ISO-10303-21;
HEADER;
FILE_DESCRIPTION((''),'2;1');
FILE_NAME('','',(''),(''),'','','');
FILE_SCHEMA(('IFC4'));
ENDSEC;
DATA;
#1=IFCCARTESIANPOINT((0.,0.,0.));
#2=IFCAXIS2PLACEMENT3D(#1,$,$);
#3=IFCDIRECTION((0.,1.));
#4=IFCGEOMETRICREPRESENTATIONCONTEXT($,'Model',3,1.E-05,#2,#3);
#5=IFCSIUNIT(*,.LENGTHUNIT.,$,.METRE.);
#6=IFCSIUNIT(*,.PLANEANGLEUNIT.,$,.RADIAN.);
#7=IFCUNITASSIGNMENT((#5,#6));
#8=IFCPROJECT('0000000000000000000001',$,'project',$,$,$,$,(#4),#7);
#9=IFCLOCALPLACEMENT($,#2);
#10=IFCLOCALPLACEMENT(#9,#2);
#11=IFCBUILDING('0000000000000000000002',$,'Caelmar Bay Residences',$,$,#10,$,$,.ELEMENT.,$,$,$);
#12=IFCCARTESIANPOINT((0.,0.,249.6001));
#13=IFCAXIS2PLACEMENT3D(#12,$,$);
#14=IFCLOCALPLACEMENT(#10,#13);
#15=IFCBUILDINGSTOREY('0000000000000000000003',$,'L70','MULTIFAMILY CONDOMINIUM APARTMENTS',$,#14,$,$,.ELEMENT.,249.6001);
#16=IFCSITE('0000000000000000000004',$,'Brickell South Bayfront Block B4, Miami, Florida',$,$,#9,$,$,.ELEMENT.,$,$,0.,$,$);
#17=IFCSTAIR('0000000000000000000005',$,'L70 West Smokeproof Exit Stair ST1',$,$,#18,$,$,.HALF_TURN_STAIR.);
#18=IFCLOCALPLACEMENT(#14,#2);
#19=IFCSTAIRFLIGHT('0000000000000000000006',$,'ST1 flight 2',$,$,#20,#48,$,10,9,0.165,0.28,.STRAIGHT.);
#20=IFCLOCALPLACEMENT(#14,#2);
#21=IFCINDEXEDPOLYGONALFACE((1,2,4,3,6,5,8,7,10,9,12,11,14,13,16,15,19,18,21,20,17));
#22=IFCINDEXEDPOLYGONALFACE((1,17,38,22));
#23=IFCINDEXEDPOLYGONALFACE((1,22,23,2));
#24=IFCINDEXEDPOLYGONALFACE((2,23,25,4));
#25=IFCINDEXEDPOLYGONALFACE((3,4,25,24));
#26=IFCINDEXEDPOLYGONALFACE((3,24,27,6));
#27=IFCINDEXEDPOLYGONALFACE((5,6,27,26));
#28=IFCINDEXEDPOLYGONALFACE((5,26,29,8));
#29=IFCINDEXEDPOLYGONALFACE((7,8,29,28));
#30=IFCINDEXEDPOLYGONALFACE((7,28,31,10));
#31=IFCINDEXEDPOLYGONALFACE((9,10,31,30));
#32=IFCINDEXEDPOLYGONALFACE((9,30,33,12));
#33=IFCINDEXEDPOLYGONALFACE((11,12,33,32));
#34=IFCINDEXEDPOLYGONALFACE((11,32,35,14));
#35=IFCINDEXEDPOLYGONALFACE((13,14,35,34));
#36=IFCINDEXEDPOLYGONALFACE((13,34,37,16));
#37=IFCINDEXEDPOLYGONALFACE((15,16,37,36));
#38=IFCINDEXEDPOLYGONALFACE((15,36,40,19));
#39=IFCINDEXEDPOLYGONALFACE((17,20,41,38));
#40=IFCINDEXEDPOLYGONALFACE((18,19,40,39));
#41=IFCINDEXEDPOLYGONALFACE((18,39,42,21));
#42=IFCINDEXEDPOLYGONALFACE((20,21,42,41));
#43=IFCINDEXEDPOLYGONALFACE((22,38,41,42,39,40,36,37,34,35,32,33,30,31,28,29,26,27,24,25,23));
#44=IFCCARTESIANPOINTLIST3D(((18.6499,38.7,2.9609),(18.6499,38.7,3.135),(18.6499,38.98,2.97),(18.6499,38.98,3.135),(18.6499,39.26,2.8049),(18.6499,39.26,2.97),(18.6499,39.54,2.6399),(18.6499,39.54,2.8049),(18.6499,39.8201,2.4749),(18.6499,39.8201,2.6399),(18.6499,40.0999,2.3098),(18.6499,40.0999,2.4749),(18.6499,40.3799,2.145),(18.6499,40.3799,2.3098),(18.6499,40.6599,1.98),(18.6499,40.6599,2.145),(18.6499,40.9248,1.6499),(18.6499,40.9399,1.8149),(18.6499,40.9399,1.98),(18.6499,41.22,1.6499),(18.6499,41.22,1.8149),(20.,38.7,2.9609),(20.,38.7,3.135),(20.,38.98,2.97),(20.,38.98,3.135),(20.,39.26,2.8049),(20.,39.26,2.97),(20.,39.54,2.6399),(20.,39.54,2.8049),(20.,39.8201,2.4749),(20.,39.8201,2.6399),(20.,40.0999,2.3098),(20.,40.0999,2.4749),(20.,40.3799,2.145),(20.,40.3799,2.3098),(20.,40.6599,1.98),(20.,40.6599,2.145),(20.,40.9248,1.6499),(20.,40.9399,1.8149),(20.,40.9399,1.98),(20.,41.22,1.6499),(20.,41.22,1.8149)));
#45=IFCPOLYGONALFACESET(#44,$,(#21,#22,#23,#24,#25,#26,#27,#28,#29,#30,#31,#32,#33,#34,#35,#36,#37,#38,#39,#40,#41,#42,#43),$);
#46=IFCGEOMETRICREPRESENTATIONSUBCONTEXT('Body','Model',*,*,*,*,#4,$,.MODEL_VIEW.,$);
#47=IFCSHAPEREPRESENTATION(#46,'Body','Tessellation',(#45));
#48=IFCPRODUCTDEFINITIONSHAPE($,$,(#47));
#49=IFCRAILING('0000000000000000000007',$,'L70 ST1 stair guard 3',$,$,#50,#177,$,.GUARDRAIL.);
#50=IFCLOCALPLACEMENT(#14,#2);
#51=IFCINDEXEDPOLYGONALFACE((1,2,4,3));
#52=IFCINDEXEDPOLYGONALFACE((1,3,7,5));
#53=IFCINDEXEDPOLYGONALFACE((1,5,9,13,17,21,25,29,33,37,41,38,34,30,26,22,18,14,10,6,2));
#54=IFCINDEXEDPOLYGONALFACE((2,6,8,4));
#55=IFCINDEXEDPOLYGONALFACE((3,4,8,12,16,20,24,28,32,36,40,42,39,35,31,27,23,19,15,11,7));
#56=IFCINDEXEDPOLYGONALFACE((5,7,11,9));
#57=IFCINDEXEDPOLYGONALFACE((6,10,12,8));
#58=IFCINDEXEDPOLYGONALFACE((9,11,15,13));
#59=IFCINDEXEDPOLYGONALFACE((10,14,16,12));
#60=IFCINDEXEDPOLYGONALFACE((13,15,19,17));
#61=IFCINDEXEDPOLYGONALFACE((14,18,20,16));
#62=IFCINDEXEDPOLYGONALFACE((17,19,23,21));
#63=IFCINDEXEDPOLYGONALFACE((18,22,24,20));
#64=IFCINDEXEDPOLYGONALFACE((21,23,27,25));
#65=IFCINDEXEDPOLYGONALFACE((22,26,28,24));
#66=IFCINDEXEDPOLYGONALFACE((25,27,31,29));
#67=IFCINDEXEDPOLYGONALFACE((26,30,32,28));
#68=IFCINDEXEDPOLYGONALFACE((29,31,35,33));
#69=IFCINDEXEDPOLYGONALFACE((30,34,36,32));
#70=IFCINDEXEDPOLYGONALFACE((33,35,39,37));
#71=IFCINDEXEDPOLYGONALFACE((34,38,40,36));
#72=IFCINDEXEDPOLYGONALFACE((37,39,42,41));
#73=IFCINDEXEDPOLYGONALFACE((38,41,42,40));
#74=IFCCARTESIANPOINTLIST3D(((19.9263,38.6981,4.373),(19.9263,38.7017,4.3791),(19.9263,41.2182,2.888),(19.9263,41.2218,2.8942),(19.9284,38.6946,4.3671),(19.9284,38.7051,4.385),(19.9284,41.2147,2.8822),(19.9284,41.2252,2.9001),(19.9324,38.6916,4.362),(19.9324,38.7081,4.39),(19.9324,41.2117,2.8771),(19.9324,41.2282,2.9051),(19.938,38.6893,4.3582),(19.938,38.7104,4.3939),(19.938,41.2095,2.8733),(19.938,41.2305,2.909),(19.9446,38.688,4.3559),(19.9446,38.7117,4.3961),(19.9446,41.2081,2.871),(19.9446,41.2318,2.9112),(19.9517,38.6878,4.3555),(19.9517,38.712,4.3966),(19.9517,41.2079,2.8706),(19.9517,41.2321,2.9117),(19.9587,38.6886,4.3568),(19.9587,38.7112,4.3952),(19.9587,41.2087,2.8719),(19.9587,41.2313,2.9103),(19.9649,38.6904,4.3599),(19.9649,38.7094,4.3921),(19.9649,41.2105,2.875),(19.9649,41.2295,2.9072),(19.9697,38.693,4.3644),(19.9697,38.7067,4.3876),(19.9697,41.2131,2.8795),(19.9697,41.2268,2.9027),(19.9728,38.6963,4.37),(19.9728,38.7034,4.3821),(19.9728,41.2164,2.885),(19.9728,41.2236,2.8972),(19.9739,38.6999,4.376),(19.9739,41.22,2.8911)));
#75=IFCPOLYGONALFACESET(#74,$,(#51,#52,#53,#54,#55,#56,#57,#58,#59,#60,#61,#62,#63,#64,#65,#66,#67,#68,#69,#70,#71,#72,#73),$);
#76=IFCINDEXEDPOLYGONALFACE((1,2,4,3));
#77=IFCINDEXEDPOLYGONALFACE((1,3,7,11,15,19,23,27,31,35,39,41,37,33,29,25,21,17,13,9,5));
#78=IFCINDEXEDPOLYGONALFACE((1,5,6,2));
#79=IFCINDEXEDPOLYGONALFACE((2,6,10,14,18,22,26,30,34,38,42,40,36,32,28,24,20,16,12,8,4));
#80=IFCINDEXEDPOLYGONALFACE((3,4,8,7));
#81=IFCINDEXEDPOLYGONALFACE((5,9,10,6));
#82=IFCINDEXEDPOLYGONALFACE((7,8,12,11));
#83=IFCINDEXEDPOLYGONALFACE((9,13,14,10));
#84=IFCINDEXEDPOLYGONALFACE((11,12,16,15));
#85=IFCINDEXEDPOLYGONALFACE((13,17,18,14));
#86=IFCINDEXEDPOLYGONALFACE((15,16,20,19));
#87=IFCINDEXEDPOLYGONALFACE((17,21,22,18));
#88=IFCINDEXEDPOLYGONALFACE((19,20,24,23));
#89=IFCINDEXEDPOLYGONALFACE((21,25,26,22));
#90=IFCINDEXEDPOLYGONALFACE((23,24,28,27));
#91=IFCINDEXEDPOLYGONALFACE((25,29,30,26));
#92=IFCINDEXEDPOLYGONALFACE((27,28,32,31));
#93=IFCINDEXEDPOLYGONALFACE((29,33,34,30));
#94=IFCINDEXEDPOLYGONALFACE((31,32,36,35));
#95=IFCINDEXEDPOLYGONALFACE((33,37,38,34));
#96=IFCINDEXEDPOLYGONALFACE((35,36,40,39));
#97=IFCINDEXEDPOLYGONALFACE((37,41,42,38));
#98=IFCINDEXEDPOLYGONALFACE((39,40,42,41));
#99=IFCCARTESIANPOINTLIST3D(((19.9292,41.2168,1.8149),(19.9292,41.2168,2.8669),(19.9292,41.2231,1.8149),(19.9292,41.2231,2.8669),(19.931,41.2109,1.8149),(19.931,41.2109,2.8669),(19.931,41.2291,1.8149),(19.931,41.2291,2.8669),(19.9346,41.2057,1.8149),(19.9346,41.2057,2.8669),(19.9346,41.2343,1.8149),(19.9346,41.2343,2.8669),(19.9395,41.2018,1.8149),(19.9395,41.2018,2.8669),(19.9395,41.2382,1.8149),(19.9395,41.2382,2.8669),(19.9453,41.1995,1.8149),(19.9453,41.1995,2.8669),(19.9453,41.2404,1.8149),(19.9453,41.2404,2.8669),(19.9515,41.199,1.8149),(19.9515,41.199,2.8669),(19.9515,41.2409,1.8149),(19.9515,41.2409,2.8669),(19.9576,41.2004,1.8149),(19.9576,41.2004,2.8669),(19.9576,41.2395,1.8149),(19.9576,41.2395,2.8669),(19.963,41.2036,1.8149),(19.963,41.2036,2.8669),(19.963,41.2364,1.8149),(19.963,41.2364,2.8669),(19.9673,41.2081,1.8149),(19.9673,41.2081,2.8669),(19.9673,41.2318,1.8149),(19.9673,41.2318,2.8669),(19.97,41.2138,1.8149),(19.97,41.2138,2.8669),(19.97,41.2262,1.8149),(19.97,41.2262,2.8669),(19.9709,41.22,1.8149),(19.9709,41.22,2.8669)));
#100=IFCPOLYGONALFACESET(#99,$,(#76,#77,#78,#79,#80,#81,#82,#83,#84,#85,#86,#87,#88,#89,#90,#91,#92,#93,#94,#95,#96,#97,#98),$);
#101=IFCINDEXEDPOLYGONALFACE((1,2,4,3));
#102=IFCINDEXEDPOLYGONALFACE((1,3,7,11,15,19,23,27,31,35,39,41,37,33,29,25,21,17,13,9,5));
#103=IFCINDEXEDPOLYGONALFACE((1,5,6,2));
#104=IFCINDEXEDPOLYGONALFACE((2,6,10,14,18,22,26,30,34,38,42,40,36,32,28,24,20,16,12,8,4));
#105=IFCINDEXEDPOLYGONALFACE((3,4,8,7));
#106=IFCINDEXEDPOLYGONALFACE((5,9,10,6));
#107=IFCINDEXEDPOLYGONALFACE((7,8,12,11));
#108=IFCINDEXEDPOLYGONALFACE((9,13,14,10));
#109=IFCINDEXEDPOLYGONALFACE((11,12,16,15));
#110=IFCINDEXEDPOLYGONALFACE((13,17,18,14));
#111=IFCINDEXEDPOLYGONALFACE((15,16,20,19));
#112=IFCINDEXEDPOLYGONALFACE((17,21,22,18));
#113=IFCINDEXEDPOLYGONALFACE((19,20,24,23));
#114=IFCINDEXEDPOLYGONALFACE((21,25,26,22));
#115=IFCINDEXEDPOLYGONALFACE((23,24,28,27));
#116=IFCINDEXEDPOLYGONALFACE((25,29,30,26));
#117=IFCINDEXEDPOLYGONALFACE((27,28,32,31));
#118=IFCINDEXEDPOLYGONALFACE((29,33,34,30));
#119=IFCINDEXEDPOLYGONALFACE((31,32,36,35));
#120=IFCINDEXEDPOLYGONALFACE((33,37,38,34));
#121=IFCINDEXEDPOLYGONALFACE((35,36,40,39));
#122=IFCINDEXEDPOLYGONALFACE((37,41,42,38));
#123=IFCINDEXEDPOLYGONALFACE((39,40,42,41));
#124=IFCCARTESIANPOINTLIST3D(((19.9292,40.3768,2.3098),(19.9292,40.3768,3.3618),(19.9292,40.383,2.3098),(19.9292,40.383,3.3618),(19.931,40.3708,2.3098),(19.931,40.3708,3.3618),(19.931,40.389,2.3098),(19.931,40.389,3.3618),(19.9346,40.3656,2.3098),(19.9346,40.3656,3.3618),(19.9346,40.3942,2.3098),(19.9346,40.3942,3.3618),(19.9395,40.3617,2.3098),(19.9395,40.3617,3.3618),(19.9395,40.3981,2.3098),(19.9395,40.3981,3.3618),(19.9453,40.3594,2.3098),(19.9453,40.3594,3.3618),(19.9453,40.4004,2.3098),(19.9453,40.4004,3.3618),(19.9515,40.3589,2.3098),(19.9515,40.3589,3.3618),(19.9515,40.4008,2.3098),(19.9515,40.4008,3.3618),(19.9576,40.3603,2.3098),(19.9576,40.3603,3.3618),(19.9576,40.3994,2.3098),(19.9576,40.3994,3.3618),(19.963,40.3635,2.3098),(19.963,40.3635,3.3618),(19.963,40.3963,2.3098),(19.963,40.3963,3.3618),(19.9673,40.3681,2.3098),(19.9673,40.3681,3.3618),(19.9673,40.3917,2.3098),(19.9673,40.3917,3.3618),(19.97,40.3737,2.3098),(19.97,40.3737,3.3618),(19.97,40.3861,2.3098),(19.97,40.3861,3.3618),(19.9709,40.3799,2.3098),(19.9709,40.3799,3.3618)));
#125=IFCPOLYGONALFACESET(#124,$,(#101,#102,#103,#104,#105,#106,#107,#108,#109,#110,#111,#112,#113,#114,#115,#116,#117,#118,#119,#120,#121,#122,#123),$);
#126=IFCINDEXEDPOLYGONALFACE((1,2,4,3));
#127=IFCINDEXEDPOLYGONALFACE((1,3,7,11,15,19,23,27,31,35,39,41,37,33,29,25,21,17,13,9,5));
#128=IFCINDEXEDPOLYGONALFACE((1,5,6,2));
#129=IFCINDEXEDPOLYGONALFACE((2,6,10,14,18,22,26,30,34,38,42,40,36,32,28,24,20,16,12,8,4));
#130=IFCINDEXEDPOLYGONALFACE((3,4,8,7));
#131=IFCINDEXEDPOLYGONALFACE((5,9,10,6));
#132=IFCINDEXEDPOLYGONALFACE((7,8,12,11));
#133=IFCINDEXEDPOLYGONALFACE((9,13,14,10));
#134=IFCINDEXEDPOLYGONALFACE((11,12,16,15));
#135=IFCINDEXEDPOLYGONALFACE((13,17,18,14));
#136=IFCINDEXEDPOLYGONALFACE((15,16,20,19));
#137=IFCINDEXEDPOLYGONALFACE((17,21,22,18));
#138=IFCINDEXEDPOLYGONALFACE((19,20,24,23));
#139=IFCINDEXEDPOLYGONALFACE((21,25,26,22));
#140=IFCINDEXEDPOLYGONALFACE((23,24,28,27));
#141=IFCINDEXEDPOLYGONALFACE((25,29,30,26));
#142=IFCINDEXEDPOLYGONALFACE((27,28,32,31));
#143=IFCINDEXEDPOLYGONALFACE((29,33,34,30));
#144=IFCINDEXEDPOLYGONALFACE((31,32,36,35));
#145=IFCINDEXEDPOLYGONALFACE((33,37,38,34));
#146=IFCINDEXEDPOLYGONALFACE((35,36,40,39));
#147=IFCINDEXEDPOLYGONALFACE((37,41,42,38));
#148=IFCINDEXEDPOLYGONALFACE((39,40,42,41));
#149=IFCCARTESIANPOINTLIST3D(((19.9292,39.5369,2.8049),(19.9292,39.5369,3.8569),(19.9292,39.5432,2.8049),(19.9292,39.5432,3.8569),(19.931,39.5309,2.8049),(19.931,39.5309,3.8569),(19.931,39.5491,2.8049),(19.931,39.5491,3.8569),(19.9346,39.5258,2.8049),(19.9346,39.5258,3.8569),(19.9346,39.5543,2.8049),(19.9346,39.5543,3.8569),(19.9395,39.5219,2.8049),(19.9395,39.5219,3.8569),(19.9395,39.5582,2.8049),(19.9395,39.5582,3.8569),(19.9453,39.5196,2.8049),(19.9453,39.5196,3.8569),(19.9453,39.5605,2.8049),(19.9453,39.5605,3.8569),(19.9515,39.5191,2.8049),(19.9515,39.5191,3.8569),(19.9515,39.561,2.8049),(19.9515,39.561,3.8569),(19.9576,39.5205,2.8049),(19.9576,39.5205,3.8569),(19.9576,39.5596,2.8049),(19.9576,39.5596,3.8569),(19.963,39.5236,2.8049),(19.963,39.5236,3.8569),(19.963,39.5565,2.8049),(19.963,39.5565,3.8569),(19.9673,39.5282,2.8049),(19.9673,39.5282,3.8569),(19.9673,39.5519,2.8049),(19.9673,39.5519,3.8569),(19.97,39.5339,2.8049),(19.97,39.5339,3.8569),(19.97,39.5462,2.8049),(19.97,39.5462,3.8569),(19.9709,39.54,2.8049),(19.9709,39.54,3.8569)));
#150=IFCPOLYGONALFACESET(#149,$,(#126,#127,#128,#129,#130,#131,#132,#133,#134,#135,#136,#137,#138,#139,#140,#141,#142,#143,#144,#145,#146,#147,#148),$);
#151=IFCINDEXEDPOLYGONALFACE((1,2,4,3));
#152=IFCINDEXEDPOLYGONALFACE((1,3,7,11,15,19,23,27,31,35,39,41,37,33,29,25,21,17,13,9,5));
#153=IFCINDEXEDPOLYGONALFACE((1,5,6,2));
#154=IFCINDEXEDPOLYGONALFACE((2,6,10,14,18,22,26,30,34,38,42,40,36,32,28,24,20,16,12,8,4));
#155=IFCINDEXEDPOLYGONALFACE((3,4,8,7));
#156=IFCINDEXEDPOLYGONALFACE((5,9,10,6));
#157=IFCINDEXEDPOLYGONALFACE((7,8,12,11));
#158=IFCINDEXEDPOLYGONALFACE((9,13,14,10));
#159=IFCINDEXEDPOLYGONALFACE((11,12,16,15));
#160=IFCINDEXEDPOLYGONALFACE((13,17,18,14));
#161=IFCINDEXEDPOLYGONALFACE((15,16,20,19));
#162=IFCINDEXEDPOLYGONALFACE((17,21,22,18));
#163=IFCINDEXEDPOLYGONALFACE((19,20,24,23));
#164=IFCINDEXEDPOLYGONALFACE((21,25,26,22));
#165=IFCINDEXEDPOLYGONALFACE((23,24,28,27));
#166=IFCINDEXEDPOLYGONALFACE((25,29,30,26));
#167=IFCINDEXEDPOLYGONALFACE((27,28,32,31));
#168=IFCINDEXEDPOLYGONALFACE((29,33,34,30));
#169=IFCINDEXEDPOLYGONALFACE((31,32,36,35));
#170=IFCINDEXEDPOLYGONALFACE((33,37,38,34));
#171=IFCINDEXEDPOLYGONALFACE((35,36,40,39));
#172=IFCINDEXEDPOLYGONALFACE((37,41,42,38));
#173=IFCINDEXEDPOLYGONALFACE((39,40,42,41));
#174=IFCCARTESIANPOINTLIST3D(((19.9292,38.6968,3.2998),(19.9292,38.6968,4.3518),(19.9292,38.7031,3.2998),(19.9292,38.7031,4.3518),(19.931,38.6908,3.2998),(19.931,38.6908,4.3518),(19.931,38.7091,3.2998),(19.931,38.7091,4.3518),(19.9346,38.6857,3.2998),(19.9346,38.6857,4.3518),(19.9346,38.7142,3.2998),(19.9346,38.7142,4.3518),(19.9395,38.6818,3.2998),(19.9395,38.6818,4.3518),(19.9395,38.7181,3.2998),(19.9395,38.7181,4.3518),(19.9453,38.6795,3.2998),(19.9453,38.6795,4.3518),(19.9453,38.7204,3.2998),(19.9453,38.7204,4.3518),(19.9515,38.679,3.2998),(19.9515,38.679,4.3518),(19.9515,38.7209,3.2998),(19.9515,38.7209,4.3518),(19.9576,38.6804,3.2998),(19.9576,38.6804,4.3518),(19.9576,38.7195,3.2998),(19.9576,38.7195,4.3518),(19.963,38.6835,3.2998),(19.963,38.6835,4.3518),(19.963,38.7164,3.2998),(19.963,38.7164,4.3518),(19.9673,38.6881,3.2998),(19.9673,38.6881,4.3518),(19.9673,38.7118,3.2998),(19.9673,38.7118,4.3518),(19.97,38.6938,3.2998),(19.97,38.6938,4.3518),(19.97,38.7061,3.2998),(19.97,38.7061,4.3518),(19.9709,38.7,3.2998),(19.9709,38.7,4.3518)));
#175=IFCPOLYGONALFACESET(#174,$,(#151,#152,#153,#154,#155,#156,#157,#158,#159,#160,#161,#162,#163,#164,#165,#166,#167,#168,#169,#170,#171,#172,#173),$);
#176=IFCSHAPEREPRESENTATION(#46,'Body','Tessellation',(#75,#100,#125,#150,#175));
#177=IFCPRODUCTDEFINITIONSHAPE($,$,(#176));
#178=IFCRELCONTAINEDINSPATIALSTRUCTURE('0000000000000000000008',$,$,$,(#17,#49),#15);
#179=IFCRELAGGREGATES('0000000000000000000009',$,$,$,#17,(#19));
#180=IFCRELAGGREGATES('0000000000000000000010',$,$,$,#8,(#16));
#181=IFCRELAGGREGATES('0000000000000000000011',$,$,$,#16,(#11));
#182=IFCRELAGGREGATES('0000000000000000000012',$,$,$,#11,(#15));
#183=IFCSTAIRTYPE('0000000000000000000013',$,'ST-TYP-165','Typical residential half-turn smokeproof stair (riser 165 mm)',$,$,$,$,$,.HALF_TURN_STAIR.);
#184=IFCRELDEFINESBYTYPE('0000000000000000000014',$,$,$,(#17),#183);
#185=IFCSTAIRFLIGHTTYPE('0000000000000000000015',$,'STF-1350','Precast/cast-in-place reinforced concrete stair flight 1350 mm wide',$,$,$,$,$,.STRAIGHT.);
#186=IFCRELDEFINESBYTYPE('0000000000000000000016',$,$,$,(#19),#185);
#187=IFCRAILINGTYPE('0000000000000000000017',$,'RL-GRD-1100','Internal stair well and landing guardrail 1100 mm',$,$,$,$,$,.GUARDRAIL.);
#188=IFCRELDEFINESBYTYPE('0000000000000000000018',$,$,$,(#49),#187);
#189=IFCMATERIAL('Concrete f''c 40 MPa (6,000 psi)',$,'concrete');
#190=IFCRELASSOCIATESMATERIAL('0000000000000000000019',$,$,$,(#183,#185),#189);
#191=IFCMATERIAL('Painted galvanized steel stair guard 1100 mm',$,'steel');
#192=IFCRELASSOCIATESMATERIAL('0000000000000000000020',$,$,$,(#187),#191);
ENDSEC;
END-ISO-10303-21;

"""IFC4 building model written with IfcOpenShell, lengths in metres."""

from ifc_helpers import new_model, si_unit, direction, frame, origin, origin_2d, place, context, subcontext, project, spatial, polyline, circle, outline, extrude, material, type_object, element, aggregate, save


model = new_model("IFC4")

# Units and contexts
model_context = context("Model", 3, precision=1e-05, world=origin(), true_north=direction((0.0, 1.0)))
body_context = subcontext(model_context, "Body", "Model", "MODEL_VIEW")
ifc_project = project(units=[si_unit("LENGTHUNIT", "METRE"), si_unit("PLANEANGLEUNIT", "RADIAN")], contexts=[model_context])

# Site, building, storey
site_placement = place(None, origin())
site = spatial("IfcSite", under=ifc_project, at=site_placement, Name="Brickell South Bayfront Block B4, Miami, Florida", CompositionType="ELEMENT", RefElevation=0.0)
building_placement = place(site_placement, origin())
building = spatial("IfcBuilding", under=site, at=building_placement, Name="Caelmar Bay Residences", CompositionType="ELEMENT")
storey_placement = place(building_placement, frame((0.0, 0.0, 249.6001)))
storey = spatial("IfcBuildingStorey", under=building, at=storey_placement, Name="L70", Description="MULTIFAMILY CONDOMINIUM APARTMENTS", CompositionType="ELEMENT", Elevation=249.6001)

# Stair, stair flight
ifc_material_1 = material(Name="Concrete f'c 40 MPa (6,000 psi)", Category="concrete")
stair_type = type_object("IfcStairType", Name="ST-TYP-165", Description="Typical residential half-turn smokeproof stair (riser 165 mm)", PredefinedType="HALF_TURN_STAIR", material=ifc_material_1)
stair_placement = place(storey_placement, origin())
stair = element("IfcStair", 1, at=stair_placement, inside=storey, type_object=stair_type, Name="L70 West Smokeproof Exit Stair ST1", PredefinedType="HALF_TURN_STAIR")
stair_flight_type = type_object("IfcStairFlightType", Name="STF-1350", Description="Precast/cast-in-place reinforced concrete stair flight 1350 mm wide", PredefinedType="STRAIGHT", material=ifc_material_1)
stair_flight_placement = place(storey_placement, frame((19.325, 41.22, 1.6499), z_axis=(0.0, 0.0, 1.0), x_axis=(0.0, -1.0, 0.0)))
stair_flight = element("IfcStairFlight", 2, at=stair_flight_placement, type_object=stair_flight_type, Name="ST1 flight 2", NumberOfRisers=10, NumberOfTreads=9, PredefinedType="STRAIGHT", RiserHeight=0.165, TreadLength=0.28, context=body_context, shape_type="SweptSolid", body=[
    extrude(outline(polyline([(0.0, 0.0), (0.0, 0.165), (0.28, 0.165), (0.28, 0.3301), (0.5601, 0.3301), (0.5601, 0.4951), (0.8401, 0.4951), (0.8401, 0.6599), (1.1201, 0.6599), (1.1201, 0.825), (1.3999, 0.825), (1.3999, 0.99), (1.6799, 0.99), (1.6799, 1.155), (1.96, 1.155), (1.96, 1.3201), (2.24, 1.3201), (2.24, 1.4851), (2.52, 1.4851), (2.52, 1.6499), (2.52, 1.311), (0.2952, 0.0), (0.0, 0.0)])), frame((0.0, 0.675, 0.0), z_axis=(0.0, -1.0, 0.0), x_axis=(1.0, 0.0, 0.0)), (0.0, 0.0, 1.0), 1.3501),
])
aggregate(stair, [stair_flight])

# Railing
ifc_material_2 = material(Name="Painted galvanized steel stair guard 1100 mm", Category="steel")
railing_type_1 = type_object("IfcRailingType", Name="RL-GRD-1100", Description="Internal stair well and landing guardrail 1100 mm", PredefinedType="GUARDRAIL", material=ifc_material_2)
railing_1_placement = place(storey_placement, frame((19.95, 41.22, 1.8149)))
element("IfcRailing", 3, at=railing_1_placement, inside=storey, type_object=railing_type_1, Name="L70 ST1 stair guard 3", PredefinedType="GUARDRAIL", context=body_context, shape_type="SweptSolid", body=[
    extrude(circle(Radius=0.0239, at=origin_2d()), frame((0.0, 0.0, 1.0762), z_axis=(0.0, -0.861561, 0.507655), x_axis=(1.0, 0.0, 0.0)), (0.0, 0.0, 1.0), 2.925),
    extrude(circle(Radius=0.021, at=origin_2d()), origin(), (0.0, 0.0, 1.0), 1.052),
    extrude(circle(Radius=0.021, at=origin_2d()), frame((0.0, -0.8401, 0.4949)), (0.0, 0.0, 1.0), 1.052),
    extrude(circle(Radius=0.021, at=origin_2d()), frame((0.0, -1.6799, 0.99)), (0.0, 0.0, 1.0), 1.052),
    extrude(circle(Radius=0.021, at=origin_2d()), frame((0.0, -2.52, 1.4849)), (0.0, 0.0, 1.0), 1.052),
])

save(model, "model.ifc")
